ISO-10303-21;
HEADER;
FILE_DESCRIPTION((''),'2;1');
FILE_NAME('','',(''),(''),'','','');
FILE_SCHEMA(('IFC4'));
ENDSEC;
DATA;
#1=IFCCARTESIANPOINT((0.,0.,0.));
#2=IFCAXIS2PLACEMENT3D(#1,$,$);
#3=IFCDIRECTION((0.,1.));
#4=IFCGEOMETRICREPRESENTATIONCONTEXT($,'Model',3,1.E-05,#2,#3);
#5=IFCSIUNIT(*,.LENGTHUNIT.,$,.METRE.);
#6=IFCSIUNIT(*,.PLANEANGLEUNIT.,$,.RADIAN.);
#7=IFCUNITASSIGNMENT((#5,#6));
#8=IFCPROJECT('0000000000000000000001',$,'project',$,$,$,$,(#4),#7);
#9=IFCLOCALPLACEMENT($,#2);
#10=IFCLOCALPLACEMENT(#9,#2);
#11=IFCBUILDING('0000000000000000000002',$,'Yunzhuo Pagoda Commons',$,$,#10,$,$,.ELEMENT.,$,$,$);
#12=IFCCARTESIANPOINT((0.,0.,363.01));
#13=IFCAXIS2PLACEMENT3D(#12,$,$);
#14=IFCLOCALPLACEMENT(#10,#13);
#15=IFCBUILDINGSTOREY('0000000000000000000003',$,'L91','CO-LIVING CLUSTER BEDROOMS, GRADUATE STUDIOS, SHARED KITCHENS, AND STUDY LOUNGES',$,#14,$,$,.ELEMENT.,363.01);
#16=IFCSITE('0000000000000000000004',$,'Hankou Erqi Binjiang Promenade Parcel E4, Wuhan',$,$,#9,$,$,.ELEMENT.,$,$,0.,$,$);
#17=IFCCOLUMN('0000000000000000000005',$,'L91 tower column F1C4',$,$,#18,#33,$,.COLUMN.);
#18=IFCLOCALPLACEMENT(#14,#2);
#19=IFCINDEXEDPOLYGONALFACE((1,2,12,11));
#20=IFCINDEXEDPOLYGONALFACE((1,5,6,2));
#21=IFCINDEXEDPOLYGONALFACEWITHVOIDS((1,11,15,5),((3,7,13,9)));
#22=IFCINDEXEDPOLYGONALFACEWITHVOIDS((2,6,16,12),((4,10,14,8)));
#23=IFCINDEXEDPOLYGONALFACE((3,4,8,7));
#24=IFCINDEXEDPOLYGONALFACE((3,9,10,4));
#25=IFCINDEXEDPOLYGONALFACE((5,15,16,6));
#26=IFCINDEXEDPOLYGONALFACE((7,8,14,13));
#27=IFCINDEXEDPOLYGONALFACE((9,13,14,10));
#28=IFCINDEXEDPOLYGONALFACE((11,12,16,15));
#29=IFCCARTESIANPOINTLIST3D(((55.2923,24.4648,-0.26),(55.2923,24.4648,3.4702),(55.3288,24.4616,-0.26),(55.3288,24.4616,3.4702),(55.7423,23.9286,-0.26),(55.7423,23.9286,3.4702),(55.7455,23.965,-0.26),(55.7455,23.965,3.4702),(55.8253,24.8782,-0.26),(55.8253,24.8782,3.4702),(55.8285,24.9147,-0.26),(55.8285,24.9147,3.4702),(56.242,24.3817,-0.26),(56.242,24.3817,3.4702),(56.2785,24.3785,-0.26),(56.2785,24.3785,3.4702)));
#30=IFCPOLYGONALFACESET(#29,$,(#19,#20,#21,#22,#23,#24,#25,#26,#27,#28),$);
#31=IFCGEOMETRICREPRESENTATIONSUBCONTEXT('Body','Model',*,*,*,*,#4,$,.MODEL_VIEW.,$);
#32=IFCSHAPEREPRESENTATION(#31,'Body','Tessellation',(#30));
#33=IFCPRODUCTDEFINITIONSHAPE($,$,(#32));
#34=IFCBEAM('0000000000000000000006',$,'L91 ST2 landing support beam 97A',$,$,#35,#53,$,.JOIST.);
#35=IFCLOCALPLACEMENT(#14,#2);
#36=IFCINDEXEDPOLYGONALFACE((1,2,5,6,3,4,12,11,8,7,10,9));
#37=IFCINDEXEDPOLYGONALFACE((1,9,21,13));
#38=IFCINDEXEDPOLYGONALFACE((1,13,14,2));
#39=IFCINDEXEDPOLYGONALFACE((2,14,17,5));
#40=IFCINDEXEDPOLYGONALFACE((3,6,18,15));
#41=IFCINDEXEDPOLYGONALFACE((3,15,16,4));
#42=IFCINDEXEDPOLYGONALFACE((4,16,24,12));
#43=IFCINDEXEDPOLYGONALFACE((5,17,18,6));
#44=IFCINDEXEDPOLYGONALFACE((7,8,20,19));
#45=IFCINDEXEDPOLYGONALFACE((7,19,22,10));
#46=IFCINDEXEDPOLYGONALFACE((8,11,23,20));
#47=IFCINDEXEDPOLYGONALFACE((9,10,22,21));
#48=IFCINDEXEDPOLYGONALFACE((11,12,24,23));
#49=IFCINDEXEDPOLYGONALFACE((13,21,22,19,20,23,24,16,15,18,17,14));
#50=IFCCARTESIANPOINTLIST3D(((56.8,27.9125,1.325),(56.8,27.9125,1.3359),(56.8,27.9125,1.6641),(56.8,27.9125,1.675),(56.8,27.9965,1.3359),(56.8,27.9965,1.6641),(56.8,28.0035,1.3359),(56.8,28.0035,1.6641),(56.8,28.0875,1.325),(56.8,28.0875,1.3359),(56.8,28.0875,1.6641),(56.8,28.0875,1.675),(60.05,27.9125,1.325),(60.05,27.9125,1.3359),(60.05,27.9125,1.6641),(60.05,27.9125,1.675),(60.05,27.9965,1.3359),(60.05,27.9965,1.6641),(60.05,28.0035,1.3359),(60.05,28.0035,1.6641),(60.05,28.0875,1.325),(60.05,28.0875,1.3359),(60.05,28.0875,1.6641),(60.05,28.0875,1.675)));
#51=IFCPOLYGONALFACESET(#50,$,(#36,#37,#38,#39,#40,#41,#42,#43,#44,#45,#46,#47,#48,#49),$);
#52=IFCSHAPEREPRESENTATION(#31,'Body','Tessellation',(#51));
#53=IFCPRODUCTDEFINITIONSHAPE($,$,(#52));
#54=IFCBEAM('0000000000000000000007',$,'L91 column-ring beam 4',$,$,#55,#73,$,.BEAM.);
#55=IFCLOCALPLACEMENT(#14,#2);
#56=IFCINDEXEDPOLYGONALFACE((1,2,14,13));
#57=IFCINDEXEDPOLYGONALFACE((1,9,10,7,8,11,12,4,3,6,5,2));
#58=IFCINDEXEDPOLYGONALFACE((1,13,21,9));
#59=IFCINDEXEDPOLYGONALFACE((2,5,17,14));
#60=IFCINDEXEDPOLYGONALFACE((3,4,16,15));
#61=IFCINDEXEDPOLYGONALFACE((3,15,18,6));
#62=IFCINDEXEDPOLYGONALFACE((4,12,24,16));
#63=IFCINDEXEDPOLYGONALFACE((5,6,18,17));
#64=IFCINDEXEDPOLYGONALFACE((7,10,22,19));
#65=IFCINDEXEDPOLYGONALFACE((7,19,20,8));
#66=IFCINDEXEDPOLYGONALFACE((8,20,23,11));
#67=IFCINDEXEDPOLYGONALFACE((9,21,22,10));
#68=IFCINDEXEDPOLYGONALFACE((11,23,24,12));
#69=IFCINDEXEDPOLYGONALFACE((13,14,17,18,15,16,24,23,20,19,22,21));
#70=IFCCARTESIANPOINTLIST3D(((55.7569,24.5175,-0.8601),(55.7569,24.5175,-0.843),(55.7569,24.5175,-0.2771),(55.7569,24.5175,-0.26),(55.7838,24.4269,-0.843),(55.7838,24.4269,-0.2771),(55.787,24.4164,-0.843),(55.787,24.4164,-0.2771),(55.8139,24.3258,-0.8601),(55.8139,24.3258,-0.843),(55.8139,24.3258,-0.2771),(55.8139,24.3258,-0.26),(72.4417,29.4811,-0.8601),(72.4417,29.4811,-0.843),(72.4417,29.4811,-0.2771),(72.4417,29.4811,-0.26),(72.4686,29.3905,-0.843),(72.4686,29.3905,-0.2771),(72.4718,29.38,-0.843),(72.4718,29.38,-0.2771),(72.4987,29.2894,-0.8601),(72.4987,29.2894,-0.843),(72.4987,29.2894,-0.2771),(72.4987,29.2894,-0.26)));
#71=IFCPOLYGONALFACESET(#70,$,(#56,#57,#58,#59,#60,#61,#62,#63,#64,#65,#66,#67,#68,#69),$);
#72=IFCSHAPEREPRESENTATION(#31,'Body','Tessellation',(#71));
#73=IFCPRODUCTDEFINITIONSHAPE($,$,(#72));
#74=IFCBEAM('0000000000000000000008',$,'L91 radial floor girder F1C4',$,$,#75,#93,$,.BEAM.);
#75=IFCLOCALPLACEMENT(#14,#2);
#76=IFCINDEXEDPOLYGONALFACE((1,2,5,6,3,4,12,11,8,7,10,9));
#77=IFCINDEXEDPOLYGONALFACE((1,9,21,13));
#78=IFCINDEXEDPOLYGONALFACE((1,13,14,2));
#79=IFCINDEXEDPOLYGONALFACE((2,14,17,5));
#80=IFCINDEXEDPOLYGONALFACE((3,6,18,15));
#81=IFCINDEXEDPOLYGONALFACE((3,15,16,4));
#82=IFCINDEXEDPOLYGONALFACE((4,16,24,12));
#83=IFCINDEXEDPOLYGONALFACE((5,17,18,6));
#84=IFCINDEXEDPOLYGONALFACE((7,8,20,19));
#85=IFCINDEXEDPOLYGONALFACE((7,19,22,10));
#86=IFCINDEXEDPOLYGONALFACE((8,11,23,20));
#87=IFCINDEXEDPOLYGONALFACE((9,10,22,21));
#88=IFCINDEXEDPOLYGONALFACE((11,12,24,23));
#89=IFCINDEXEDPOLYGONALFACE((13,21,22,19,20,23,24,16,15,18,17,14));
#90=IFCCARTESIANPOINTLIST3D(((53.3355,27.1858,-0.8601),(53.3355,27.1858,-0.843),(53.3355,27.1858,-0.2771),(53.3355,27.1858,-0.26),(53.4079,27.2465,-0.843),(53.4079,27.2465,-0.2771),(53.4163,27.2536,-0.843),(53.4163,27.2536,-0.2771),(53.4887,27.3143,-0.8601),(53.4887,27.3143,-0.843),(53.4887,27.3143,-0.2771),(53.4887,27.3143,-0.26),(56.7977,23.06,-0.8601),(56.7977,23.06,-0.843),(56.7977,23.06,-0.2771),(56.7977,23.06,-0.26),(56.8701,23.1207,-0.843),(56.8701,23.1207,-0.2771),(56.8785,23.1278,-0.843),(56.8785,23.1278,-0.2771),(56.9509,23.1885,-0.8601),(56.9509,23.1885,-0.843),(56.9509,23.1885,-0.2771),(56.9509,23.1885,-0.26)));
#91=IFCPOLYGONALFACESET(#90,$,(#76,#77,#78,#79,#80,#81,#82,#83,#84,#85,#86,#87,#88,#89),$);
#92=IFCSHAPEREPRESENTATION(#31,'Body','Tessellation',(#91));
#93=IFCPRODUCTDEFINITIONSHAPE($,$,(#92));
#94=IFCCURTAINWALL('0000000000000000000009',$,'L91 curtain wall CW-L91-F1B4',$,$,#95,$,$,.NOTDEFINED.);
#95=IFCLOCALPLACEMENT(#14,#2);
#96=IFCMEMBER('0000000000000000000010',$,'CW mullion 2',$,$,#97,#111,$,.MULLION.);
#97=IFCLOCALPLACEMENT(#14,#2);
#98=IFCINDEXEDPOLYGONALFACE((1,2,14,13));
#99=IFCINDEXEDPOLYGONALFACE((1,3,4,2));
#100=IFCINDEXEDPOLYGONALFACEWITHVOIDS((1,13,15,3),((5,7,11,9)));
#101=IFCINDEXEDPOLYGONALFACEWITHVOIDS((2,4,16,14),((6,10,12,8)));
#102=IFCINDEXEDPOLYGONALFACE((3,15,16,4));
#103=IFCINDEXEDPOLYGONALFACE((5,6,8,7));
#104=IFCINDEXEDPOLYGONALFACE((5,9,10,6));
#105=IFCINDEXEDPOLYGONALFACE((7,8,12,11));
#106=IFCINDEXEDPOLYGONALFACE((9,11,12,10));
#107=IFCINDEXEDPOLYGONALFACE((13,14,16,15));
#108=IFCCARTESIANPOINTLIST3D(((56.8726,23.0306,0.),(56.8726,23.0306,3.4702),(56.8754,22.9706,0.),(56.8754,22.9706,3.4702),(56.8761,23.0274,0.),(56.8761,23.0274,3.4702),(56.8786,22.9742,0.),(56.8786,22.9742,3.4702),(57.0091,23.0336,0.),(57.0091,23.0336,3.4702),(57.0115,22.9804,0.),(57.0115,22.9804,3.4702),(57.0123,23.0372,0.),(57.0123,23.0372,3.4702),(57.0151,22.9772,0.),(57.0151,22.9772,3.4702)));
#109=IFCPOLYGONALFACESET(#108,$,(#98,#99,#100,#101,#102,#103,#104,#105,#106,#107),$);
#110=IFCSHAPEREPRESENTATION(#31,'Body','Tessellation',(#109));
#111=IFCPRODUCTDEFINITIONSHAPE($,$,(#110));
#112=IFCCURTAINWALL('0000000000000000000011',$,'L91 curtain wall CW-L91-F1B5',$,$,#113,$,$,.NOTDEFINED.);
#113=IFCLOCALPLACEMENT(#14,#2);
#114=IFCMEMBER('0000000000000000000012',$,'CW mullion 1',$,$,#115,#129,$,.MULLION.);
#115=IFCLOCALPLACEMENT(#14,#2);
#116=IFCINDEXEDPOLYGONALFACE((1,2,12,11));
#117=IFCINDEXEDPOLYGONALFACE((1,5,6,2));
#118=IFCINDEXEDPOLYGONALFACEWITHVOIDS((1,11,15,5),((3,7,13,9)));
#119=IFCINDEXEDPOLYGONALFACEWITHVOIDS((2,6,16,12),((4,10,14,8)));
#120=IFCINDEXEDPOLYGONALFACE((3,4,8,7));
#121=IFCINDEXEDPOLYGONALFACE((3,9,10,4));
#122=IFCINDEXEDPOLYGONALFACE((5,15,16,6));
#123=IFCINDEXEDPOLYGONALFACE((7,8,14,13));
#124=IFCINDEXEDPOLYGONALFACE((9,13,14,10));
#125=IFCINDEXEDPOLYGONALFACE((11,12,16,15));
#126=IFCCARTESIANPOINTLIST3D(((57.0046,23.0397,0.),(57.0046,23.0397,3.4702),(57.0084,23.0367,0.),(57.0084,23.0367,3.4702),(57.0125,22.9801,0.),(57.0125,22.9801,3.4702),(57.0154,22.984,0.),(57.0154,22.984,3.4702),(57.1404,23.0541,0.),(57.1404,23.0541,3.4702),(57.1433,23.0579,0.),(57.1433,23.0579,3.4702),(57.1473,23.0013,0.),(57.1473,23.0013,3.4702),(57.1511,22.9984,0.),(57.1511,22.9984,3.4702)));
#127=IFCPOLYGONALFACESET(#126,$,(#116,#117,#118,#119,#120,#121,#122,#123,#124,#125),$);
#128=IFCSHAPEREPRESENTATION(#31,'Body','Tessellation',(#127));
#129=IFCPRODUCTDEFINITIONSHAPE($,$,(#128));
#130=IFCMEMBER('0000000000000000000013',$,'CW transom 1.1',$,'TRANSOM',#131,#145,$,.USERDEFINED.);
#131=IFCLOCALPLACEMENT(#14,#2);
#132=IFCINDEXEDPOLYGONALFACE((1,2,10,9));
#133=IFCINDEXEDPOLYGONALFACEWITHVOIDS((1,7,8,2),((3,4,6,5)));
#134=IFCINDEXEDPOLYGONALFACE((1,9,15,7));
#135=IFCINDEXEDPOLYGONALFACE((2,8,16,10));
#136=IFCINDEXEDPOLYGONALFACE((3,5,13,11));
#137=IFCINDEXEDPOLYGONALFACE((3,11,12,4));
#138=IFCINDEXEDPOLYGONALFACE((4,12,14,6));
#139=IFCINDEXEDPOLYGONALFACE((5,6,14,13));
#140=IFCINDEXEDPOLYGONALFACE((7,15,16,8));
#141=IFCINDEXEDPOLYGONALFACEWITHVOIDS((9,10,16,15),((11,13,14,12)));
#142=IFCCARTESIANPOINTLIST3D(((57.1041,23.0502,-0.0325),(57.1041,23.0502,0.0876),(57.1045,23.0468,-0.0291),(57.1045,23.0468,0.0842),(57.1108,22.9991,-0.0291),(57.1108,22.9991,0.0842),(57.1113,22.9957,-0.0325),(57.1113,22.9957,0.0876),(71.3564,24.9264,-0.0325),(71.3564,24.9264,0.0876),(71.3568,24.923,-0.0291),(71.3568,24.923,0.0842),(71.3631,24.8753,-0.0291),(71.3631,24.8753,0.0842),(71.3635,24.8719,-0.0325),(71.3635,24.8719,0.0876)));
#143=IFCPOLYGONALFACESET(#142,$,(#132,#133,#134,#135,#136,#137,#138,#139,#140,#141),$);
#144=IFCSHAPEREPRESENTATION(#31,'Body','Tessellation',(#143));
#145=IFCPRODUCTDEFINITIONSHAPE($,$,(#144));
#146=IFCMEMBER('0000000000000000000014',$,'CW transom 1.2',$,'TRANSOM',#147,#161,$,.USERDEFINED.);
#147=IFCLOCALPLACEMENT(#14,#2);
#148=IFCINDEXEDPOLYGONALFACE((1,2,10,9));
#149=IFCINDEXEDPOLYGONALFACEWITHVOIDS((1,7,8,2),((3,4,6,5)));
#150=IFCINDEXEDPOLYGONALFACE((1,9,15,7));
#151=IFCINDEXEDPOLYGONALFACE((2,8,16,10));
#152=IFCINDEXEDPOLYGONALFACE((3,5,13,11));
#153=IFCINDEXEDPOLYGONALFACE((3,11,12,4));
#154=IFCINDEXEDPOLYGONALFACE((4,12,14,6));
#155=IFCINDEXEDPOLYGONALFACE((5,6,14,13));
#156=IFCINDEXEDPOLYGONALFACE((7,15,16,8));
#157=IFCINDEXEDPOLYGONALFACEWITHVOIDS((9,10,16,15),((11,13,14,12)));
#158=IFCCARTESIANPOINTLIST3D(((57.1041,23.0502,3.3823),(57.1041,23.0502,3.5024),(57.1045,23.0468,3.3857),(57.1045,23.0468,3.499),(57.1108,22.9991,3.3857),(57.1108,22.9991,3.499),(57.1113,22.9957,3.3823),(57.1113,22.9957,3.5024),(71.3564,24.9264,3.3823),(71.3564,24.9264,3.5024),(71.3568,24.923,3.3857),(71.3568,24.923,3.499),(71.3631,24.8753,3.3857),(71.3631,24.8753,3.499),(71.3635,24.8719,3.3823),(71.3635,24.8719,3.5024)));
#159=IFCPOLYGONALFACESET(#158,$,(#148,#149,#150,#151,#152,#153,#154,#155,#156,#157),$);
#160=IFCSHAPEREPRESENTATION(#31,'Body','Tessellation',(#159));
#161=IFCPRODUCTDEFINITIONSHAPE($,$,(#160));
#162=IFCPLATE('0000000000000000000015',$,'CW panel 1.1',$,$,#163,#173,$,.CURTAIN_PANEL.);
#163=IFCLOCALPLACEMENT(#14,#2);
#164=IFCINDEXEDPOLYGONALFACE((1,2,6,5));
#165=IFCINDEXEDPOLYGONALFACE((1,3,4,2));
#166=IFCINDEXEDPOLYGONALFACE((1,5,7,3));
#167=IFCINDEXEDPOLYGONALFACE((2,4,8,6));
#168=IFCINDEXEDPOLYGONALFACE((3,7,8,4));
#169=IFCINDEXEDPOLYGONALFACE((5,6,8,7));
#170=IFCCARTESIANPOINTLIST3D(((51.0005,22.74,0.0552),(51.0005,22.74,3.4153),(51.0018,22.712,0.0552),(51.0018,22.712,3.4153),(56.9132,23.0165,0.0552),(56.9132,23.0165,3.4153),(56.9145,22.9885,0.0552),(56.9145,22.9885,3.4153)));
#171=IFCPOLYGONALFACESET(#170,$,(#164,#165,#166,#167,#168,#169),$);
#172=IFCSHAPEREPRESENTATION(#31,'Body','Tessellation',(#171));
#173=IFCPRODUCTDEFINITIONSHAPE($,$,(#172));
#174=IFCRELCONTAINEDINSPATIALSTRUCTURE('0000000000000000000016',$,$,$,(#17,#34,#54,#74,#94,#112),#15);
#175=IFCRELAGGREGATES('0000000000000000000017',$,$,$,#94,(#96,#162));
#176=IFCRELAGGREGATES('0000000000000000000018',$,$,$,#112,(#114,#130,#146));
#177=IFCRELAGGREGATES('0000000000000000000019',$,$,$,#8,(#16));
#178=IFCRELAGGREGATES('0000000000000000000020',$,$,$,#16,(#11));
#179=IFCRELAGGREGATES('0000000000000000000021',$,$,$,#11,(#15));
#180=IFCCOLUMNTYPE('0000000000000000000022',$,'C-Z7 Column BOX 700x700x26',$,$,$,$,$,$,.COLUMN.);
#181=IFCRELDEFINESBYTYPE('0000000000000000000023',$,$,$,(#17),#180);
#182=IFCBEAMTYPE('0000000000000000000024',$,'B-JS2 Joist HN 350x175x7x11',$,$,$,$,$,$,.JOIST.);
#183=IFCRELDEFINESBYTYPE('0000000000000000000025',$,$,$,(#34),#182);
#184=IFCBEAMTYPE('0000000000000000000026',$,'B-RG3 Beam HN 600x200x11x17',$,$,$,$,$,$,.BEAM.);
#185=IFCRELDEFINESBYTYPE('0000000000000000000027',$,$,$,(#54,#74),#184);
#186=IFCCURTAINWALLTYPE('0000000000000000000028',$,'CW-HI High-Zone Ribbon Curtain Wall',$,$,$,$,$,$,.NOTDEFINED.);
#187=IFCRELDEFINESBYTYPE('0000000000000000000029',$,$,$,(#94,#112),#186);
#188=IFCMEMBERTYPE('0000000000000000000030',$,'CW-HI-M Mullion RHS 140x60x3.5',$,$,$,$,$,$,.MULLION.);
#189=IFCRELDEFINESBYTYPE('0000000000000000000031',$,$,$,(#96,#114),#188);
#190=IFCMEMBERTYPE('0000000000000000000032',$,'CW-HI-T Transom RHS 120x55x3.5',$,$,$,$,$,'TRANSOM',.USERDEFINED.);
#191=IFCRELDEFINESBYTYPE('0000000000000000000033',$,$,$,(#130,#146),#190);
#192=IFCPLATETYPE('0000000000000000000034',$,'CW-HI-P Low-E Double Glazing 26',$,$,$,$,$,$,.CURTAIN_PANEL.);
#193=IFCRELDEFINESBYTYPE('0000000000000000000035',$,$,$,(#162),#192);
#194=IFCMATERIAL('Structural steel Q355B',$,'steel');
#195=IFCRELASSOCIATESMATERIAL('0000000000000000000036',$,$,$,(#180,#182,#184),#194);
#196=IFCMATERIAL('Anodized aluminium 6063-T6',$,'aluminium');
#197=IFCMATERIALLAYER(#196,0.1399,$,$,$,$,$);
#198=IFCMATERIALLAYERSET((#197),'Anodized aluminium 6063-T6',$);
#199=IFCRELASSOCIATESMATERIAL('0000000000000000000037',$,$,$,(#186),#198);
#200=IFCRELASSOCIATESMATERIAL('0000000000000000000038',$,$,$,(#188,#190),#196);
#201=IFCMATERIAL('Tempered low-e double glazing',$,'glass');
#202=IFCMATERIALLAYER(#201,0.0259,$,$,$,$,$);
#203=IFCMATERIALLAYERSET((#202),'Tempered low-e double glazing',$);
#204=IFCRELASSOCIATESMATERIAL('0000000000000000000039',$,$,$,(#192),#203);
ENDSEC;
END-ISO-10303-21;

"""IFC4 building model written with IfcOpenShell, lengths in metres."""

from ifc_helpers import new_model, si_unit, direction, frame, origin, origin_2d, place, context, subcontext, project, spatial, rectangle, hollow_rectangle, i_section, extrude, source, transform, mapped, material, layer, layer_set, material_profile, profile_set, type_object, element, aggregate, save


model = new_model("IFC4")

# Units and contexts
model_context = context("Model", 3, precision=1e-05, world=origin(), true_north=direction((0.0, 1.0)))
body_context = subcontext(model_context, "Body", "Model", "MODEL_VIEW")
ifc_project = project(units=[si_unit("LENGTHUNIT", "METRE"), si_unit("PLANEANGLEUNIT", "RADIAN")], contexts=[model_context])

# Site, building, storey
site_placement = place(None, origin())
site = spatial("IfcSite", under=ifc_project, at=site_placement, Name="Hankou Erqi Binjiang Promenade Parcel E4, Wuhan", CompositionType="ELEMENT", RefElevation=0.0)
building_placement = place(site_placement, origin())
building = spatial("IfcBuilding", under=site, at=building_placement, Name="Yunzhuo Pagoda Commons", CompositionType="ELEMENT")
storey_placement = place(building_placement, frame((0.0, 0.0, 363.01)))
storey = spatial("IfcBuildingStorey", under=building, at=storey_placement, Name="L91", Description="CO-LIVING CLUSTER BEDROOMS, GRADUATE STUDIOS, SHARED KITCHENS, AND STUDY LOUNGES", CompositionType="ELEMENT", Elevation=363.01)

# Column
ifc_material_1 = material(Name="Structural steel Q355B", Category="steel")
ifc_material_profile_1 = material_profile(ifc_material_1, hollow_rectangle(XDim=0.7, YDim=0.7, WallThickness=0.0259, at=origin_2d()), Name="Structural steel Q355B")
ifc_profile_set_1 = profile_set([ifc_material_profile_1], Name="Structural steel Q355B")
column_type = type_object("IfcColumnType", Name="C-Z7 Column BOX 700x700x26", PredefinedType="COLUMN", material=ifc_profile_set_1)
shared_shape_1 = source(origin(), body_context, "Body", "SweptSolid", [
    extrude(hollow_rectangle(XDim=0.7, YDim=0.7, WallThickness=0.0259, at=origin_2d()), origin(), (0.0, 0.0, 1.0), 3.7302),
])
column_placement = place(storey_placement, frame((55.7854, 24.4216, -0.26), z_axis=(0.0, 0.0, 1.0), x_axis=(0.766044, 0.642788, 0.0)))
element("IfcColumn", 1, at=column_placement, inside=storey, type_object=column_type, Name="L91 tower column F1C4", PredefinedType="COLUMN", context=body_context, shape_type="MappedRepresentation", body=[
    mapped(shared_shape_1, transform((0.0, 0.0, 0.0), scale=1.0)),
])

# Beams
ifc_material_profile_2 = material_profile(ifc_material_1, i_section(OverallWidth=0.175, OverallDepth=0.3501, WebThickness=0.0071, FlangeThickness=0.011, at=origin_2d()), Name="Structural steel Q355B")
ifc_profile_set_2 = profile_set([ifc_material_profile_2], Name="Structural steel Q355B")
beam_type_1 = type_object("IfcBeamType", Name="B-JS2 Joist HN 350x175x7x11", PredefinedType="JOIST", material=ifc_profile_set_2)
shared_shape_2 = source(origin(), body_context, "Body", "SweptSolid", [
    extrude(i_section(OverallWidth=0.175, OverallDepth=0.3501, WebThickness=0.0071, FlangeThickness=0.011, at=origin_2d()), origin(), (0.0, 0.0, 1.0), 3.25),
])
beam_1_placement = place(storey_placement, frame((56.8, 28.0, 1.5), z_axis=(1.0, 0.0, 0.0), x_axis=(0.0, 1.0, 0.0)))
element("IfcBeam", 2, at=beam_1_placement, inside=storey, type_object=beam_type_1, Name="L91 ST2 landing support beam 97A", PredefinedType="JOIST", context=body_context, shape_type="MappedRepresentation", body=[
    mapped(shared_shape_2, transform((0.0, 0.0, 0.0), scale=1.0)),
])
ifc_material_profile_3 = material_profile(ifc_material_1, i_section(OverallWidth=0.2, OverallDepth=0.6001, WebThickness=0.011, FlangeThickness=0.0171, at=origin_2d()), Name="Structural steel Q355B")
ifc_profile_set_3 = profile_set([ifc_material_profile_3], Name="Structural steel Q355B")
beam_type_2 = type_object("IfcBeamType", Name="B-RG3 Beam HN 600x200x11x17", PredefinedType="BEAM", material=ifc_profile_set_3)
shared_shape_3 = source(origin(), body_context, "Body", "SweptSolid", [
    extrude(i_section(OverallWidth=0.2, OverallDepth=0.6001, WebThickness=0.011, FlangeThickness=0.0171, at=origin_2d()), origin(), (0.0, 0.0, 1.0), 17.4075),
])
beam_2_placement = place(storey_placement, frame((55.7854, 24.4216, -0.5601), z_axis=(0.958485, 0.285143, 0.0), x_axis=(-0.285143, 0.958485, 0.0)))
element("IfcBeam", 3, at=beam_2_placement, inside=storey, type_object=beam_type_2, Name="L91 column-ring beam 4", PredefinedType="BEAM", context=body_context, shape_type="MappedRepresentation", body=[
    mapped(shared_shape_3, transform((0.0, 0.0, 0.0), scale=1.0)),
])
shared_shape_4 = source(origin(), body_context, "Body", "SweptSolid", [
    extrude(i_section(OverallWidth=0.2, OverallDepth=0.6001, WebThickness=0.011, FlangeThickness=0.0171, at=origin_2d()), origin(), (0.0, 0.0, 1.0), 5.386),
])
beam_3_placement = place(storey_placement, frame((56.8743, 23.1243, -0.5601), z_axis=(-0.642816, 0.766021, 0.0), x_axis=(-0.766021, -0.642816, 0.0)))
element("IfcBeam", 4, at=beam_3_placement, inside=storey, type_object=beam_type_2, Name="L91 radial floor girder F1C4", PredefinedType="BEAM", context=body_context, shape_type="MappedRepresentation", body=[
    mapped(shared_shape_4, transform((0.0, 0.0, 0.0), scale=1.0)),
])

# Curtain wall, member
ifc_material_2 = material(Name="Anodized aluminium 6063-T6", Category="aluminium")
ifc_layer_1 = layer(ifc_material_2, 0.1399)
ifc_layer_set_1 = layer_set([ifc_layer_1], Name="Anodized aluminium 6063-T6")
curtain_wall_type = type_object("IfcCurtainWallType", Name="CW-HI High-Zone Ribbon Curtain Wall", PredefinedType="NOTDEFINED", material=ifc_layer_set_1)
curtain_wall_1_placement = place(storey_placement, origin())
curtain_wall_1 = element("IfcCurtainWall", 5, at=curtain_wall_1_placement, inside=storey, type_object=curtain_wall_type, Name="L91 curtain wall CW-L91-F1B4", PredefinedType="NOTDEFINED")
ifc_material_profile_4 = material_profile(ifc_material_2, hollow_rectangle(XDim=0.0601, YDim=0.1399, WallThickness=0.0034, at=origin_2d()), Name="Anodized aluminium 6063-T6")
ifc_profile_set_4 = profile_set([ifc_material_profile_4], Name="Anodized aluminium 6063-T6")
member_type_1 = type_object("IfcMemberType", Name="CW-HI-M Mullion RHS 140x60x3.5", PredefinedType="MULLION", material=ifc_profile_set_4)
shared_shape_5 = source(origin(), body_context, "Body", "SweptSolid", [
    extrude(hollow_rectangle(XDim=0.0601, YDim=0.1399, WallThickness=0.0034, at=origin_2d()), origin(), (0.0, 0.0, 1.0), 3.4702),
])
member_1_placement = place(storey_placement, frame((56.9438, 23.0039, 0.0), z_axis=(0.0, 0.0, 1.0), x_axis=(-0.046712, 0.998908, 0.0)))
member_1 = element("IfcMember", 6, at=member_1_placement, type_object=member_type_1, Name="CW mullion 2", PredefinedType="MULLION", context=body_context, shape_type="MappedRepresentation", body=[
    mapped(shared_shape_5, transform((0.0, 0.0, 0.0), scale=1.0)),
])

# Curtain wall, members
curtain_wall_2_placement = place(storey_placement, origin())
curtain_wall_2 = element("IfcCurtainWall", 7, at=curtain_wall_2_placement, inside=storey, type_object=curtain_wall_type, Name="L91 curtain wall CW-L91-F1B5", PredefinedType="NOTDEFINED")
member_2_placement = place(storey_placement, frame((57.0779, 23.019, 0.0), z_axis=(0.0, 0.0, 1.0), x_axis=(-0.130506, 0.991448, 0.0)))
member_2 = element("IfcMember", 8, at=member_2_placement, type_object=member_type_1, Name="CW mullion 1", PredefinedType="MULLION", context=body_context, shape_type="MappedRepresentation", body=[
    mapped(shared_shape_5, transform((0.0, 0.0, 0.0), scale=1.0)),
])
ifc_material_profile_5 = material_profile(ifc_material_2, hollow_rectangle(XDim=0.0549, YDim=0.1201, WallThickness=0.0034, at=origin_2d()), Name="Anodized aluminium 6063-T6")
ifc_profile_set_5 = profile_set([ifc_material_profile_5], Name="Anodized aluminium 6063-T6")
member_type_2 = type_object("IfcMemberType", Name="CW-HI-T Transom RHS 120x55x3.5", ElementType="TRANSOM", PredefinedType="USERDEFINED", material=ifc_profile_set_5)
shared_shape_6 = source(origin(), body_context, "Body", "SweptSolid", [
    extrude(hollow_rectangle(XDim=0.0549, YDim=0.1201, WallThickness=0.0034, at=origin_2d()), origin(), (0.0, 0.0, 1.0), 14.3752),
])
member_3_placement = place(storey_placement, frame((57.1077, 23.0229, 0.0276), z_axis=(0.991446, 0.130518, 0.0), x_axis=(-0.130518, 0.991446, 0.0)))
member_3 = element("IfcMember", 9, at=member_3_placement, type_object=member_type_2, Name="CW transom 1.1", ObjectType="TRANSOM", PredefinedType="USERDEFINED", context=body_context, shape_type="MappedRepresentation", body=[
    mapped(shared_shape_6, transform((0.0, 0.0, 0.0), scale=1.0)),
])
member_4_placement = place(storey_placement, frame((57.1077, 23.0229, 3.4424), z_axis=(0.991446, 0.130518, 0.0), x_axis=(-0.130518, 0.991446, 0.0)))
member_4 = element("IfcMember", 10, at=member_4_placement, type_object=member_type_2, Name="CW transom 1.2", ObjectType="TRANSOM", PredefinedType="USERDEFINED", context=body_context, shape_type="MappedRepresentation", body=[
    mapped(shared_shape_6, transform((0.0, 0.0, 0.0), scale=1.0)),
])

# Plate
ifc_material_3 = material(Name="Tempered low-e double glazing", Category="glass")
ifc_layer_2 = layer(ifc_material_3, 0.0259)
ifc_layer_set_2 = layer_set([ifc_layer_2], Name="Tempered low-e double glazing")
plate_type = type_object("IfcPlateType", Name="CW-HI-P Low-E Double Glazing 26", PredefinedType="CURTAIN_PANEL", material=ifc_layer_set_2)
shared_shape_7 = source(origin(), body_context, "Body", "SweptSolid", [
    extrude(rectangle(XDim=5.9192, YDim=0.0281, at=origin_2d()), origin(), (0.0, 0.0, 1.0), 3.3601),
])
plate_1_placement = place(storey_placement, frame((53.9575, 22.8643, 0.0552), z_axis=(0.0, 0.0, 1.0), x_axis=(0.998908, 0.046712, 0.0)))
plate_1 = element("IfcPlate", 11, at=plate_1_placement, type_object=plate_type, Name="CW panel 1.1", PredefinedType="CURTAIN_PANEL", context=body_context, shape_type="MappedRepresentation", body=[
    mapped(shared_shape_7, transform((0.0, 0.0, 0.0), scale=1.0)),
])
aggregate(curtain_wall_1, [member_1, plate_1])
aggregate(curtain_wall_2, [member_2, member_3, member_4])

save(model, "model.ifc")
